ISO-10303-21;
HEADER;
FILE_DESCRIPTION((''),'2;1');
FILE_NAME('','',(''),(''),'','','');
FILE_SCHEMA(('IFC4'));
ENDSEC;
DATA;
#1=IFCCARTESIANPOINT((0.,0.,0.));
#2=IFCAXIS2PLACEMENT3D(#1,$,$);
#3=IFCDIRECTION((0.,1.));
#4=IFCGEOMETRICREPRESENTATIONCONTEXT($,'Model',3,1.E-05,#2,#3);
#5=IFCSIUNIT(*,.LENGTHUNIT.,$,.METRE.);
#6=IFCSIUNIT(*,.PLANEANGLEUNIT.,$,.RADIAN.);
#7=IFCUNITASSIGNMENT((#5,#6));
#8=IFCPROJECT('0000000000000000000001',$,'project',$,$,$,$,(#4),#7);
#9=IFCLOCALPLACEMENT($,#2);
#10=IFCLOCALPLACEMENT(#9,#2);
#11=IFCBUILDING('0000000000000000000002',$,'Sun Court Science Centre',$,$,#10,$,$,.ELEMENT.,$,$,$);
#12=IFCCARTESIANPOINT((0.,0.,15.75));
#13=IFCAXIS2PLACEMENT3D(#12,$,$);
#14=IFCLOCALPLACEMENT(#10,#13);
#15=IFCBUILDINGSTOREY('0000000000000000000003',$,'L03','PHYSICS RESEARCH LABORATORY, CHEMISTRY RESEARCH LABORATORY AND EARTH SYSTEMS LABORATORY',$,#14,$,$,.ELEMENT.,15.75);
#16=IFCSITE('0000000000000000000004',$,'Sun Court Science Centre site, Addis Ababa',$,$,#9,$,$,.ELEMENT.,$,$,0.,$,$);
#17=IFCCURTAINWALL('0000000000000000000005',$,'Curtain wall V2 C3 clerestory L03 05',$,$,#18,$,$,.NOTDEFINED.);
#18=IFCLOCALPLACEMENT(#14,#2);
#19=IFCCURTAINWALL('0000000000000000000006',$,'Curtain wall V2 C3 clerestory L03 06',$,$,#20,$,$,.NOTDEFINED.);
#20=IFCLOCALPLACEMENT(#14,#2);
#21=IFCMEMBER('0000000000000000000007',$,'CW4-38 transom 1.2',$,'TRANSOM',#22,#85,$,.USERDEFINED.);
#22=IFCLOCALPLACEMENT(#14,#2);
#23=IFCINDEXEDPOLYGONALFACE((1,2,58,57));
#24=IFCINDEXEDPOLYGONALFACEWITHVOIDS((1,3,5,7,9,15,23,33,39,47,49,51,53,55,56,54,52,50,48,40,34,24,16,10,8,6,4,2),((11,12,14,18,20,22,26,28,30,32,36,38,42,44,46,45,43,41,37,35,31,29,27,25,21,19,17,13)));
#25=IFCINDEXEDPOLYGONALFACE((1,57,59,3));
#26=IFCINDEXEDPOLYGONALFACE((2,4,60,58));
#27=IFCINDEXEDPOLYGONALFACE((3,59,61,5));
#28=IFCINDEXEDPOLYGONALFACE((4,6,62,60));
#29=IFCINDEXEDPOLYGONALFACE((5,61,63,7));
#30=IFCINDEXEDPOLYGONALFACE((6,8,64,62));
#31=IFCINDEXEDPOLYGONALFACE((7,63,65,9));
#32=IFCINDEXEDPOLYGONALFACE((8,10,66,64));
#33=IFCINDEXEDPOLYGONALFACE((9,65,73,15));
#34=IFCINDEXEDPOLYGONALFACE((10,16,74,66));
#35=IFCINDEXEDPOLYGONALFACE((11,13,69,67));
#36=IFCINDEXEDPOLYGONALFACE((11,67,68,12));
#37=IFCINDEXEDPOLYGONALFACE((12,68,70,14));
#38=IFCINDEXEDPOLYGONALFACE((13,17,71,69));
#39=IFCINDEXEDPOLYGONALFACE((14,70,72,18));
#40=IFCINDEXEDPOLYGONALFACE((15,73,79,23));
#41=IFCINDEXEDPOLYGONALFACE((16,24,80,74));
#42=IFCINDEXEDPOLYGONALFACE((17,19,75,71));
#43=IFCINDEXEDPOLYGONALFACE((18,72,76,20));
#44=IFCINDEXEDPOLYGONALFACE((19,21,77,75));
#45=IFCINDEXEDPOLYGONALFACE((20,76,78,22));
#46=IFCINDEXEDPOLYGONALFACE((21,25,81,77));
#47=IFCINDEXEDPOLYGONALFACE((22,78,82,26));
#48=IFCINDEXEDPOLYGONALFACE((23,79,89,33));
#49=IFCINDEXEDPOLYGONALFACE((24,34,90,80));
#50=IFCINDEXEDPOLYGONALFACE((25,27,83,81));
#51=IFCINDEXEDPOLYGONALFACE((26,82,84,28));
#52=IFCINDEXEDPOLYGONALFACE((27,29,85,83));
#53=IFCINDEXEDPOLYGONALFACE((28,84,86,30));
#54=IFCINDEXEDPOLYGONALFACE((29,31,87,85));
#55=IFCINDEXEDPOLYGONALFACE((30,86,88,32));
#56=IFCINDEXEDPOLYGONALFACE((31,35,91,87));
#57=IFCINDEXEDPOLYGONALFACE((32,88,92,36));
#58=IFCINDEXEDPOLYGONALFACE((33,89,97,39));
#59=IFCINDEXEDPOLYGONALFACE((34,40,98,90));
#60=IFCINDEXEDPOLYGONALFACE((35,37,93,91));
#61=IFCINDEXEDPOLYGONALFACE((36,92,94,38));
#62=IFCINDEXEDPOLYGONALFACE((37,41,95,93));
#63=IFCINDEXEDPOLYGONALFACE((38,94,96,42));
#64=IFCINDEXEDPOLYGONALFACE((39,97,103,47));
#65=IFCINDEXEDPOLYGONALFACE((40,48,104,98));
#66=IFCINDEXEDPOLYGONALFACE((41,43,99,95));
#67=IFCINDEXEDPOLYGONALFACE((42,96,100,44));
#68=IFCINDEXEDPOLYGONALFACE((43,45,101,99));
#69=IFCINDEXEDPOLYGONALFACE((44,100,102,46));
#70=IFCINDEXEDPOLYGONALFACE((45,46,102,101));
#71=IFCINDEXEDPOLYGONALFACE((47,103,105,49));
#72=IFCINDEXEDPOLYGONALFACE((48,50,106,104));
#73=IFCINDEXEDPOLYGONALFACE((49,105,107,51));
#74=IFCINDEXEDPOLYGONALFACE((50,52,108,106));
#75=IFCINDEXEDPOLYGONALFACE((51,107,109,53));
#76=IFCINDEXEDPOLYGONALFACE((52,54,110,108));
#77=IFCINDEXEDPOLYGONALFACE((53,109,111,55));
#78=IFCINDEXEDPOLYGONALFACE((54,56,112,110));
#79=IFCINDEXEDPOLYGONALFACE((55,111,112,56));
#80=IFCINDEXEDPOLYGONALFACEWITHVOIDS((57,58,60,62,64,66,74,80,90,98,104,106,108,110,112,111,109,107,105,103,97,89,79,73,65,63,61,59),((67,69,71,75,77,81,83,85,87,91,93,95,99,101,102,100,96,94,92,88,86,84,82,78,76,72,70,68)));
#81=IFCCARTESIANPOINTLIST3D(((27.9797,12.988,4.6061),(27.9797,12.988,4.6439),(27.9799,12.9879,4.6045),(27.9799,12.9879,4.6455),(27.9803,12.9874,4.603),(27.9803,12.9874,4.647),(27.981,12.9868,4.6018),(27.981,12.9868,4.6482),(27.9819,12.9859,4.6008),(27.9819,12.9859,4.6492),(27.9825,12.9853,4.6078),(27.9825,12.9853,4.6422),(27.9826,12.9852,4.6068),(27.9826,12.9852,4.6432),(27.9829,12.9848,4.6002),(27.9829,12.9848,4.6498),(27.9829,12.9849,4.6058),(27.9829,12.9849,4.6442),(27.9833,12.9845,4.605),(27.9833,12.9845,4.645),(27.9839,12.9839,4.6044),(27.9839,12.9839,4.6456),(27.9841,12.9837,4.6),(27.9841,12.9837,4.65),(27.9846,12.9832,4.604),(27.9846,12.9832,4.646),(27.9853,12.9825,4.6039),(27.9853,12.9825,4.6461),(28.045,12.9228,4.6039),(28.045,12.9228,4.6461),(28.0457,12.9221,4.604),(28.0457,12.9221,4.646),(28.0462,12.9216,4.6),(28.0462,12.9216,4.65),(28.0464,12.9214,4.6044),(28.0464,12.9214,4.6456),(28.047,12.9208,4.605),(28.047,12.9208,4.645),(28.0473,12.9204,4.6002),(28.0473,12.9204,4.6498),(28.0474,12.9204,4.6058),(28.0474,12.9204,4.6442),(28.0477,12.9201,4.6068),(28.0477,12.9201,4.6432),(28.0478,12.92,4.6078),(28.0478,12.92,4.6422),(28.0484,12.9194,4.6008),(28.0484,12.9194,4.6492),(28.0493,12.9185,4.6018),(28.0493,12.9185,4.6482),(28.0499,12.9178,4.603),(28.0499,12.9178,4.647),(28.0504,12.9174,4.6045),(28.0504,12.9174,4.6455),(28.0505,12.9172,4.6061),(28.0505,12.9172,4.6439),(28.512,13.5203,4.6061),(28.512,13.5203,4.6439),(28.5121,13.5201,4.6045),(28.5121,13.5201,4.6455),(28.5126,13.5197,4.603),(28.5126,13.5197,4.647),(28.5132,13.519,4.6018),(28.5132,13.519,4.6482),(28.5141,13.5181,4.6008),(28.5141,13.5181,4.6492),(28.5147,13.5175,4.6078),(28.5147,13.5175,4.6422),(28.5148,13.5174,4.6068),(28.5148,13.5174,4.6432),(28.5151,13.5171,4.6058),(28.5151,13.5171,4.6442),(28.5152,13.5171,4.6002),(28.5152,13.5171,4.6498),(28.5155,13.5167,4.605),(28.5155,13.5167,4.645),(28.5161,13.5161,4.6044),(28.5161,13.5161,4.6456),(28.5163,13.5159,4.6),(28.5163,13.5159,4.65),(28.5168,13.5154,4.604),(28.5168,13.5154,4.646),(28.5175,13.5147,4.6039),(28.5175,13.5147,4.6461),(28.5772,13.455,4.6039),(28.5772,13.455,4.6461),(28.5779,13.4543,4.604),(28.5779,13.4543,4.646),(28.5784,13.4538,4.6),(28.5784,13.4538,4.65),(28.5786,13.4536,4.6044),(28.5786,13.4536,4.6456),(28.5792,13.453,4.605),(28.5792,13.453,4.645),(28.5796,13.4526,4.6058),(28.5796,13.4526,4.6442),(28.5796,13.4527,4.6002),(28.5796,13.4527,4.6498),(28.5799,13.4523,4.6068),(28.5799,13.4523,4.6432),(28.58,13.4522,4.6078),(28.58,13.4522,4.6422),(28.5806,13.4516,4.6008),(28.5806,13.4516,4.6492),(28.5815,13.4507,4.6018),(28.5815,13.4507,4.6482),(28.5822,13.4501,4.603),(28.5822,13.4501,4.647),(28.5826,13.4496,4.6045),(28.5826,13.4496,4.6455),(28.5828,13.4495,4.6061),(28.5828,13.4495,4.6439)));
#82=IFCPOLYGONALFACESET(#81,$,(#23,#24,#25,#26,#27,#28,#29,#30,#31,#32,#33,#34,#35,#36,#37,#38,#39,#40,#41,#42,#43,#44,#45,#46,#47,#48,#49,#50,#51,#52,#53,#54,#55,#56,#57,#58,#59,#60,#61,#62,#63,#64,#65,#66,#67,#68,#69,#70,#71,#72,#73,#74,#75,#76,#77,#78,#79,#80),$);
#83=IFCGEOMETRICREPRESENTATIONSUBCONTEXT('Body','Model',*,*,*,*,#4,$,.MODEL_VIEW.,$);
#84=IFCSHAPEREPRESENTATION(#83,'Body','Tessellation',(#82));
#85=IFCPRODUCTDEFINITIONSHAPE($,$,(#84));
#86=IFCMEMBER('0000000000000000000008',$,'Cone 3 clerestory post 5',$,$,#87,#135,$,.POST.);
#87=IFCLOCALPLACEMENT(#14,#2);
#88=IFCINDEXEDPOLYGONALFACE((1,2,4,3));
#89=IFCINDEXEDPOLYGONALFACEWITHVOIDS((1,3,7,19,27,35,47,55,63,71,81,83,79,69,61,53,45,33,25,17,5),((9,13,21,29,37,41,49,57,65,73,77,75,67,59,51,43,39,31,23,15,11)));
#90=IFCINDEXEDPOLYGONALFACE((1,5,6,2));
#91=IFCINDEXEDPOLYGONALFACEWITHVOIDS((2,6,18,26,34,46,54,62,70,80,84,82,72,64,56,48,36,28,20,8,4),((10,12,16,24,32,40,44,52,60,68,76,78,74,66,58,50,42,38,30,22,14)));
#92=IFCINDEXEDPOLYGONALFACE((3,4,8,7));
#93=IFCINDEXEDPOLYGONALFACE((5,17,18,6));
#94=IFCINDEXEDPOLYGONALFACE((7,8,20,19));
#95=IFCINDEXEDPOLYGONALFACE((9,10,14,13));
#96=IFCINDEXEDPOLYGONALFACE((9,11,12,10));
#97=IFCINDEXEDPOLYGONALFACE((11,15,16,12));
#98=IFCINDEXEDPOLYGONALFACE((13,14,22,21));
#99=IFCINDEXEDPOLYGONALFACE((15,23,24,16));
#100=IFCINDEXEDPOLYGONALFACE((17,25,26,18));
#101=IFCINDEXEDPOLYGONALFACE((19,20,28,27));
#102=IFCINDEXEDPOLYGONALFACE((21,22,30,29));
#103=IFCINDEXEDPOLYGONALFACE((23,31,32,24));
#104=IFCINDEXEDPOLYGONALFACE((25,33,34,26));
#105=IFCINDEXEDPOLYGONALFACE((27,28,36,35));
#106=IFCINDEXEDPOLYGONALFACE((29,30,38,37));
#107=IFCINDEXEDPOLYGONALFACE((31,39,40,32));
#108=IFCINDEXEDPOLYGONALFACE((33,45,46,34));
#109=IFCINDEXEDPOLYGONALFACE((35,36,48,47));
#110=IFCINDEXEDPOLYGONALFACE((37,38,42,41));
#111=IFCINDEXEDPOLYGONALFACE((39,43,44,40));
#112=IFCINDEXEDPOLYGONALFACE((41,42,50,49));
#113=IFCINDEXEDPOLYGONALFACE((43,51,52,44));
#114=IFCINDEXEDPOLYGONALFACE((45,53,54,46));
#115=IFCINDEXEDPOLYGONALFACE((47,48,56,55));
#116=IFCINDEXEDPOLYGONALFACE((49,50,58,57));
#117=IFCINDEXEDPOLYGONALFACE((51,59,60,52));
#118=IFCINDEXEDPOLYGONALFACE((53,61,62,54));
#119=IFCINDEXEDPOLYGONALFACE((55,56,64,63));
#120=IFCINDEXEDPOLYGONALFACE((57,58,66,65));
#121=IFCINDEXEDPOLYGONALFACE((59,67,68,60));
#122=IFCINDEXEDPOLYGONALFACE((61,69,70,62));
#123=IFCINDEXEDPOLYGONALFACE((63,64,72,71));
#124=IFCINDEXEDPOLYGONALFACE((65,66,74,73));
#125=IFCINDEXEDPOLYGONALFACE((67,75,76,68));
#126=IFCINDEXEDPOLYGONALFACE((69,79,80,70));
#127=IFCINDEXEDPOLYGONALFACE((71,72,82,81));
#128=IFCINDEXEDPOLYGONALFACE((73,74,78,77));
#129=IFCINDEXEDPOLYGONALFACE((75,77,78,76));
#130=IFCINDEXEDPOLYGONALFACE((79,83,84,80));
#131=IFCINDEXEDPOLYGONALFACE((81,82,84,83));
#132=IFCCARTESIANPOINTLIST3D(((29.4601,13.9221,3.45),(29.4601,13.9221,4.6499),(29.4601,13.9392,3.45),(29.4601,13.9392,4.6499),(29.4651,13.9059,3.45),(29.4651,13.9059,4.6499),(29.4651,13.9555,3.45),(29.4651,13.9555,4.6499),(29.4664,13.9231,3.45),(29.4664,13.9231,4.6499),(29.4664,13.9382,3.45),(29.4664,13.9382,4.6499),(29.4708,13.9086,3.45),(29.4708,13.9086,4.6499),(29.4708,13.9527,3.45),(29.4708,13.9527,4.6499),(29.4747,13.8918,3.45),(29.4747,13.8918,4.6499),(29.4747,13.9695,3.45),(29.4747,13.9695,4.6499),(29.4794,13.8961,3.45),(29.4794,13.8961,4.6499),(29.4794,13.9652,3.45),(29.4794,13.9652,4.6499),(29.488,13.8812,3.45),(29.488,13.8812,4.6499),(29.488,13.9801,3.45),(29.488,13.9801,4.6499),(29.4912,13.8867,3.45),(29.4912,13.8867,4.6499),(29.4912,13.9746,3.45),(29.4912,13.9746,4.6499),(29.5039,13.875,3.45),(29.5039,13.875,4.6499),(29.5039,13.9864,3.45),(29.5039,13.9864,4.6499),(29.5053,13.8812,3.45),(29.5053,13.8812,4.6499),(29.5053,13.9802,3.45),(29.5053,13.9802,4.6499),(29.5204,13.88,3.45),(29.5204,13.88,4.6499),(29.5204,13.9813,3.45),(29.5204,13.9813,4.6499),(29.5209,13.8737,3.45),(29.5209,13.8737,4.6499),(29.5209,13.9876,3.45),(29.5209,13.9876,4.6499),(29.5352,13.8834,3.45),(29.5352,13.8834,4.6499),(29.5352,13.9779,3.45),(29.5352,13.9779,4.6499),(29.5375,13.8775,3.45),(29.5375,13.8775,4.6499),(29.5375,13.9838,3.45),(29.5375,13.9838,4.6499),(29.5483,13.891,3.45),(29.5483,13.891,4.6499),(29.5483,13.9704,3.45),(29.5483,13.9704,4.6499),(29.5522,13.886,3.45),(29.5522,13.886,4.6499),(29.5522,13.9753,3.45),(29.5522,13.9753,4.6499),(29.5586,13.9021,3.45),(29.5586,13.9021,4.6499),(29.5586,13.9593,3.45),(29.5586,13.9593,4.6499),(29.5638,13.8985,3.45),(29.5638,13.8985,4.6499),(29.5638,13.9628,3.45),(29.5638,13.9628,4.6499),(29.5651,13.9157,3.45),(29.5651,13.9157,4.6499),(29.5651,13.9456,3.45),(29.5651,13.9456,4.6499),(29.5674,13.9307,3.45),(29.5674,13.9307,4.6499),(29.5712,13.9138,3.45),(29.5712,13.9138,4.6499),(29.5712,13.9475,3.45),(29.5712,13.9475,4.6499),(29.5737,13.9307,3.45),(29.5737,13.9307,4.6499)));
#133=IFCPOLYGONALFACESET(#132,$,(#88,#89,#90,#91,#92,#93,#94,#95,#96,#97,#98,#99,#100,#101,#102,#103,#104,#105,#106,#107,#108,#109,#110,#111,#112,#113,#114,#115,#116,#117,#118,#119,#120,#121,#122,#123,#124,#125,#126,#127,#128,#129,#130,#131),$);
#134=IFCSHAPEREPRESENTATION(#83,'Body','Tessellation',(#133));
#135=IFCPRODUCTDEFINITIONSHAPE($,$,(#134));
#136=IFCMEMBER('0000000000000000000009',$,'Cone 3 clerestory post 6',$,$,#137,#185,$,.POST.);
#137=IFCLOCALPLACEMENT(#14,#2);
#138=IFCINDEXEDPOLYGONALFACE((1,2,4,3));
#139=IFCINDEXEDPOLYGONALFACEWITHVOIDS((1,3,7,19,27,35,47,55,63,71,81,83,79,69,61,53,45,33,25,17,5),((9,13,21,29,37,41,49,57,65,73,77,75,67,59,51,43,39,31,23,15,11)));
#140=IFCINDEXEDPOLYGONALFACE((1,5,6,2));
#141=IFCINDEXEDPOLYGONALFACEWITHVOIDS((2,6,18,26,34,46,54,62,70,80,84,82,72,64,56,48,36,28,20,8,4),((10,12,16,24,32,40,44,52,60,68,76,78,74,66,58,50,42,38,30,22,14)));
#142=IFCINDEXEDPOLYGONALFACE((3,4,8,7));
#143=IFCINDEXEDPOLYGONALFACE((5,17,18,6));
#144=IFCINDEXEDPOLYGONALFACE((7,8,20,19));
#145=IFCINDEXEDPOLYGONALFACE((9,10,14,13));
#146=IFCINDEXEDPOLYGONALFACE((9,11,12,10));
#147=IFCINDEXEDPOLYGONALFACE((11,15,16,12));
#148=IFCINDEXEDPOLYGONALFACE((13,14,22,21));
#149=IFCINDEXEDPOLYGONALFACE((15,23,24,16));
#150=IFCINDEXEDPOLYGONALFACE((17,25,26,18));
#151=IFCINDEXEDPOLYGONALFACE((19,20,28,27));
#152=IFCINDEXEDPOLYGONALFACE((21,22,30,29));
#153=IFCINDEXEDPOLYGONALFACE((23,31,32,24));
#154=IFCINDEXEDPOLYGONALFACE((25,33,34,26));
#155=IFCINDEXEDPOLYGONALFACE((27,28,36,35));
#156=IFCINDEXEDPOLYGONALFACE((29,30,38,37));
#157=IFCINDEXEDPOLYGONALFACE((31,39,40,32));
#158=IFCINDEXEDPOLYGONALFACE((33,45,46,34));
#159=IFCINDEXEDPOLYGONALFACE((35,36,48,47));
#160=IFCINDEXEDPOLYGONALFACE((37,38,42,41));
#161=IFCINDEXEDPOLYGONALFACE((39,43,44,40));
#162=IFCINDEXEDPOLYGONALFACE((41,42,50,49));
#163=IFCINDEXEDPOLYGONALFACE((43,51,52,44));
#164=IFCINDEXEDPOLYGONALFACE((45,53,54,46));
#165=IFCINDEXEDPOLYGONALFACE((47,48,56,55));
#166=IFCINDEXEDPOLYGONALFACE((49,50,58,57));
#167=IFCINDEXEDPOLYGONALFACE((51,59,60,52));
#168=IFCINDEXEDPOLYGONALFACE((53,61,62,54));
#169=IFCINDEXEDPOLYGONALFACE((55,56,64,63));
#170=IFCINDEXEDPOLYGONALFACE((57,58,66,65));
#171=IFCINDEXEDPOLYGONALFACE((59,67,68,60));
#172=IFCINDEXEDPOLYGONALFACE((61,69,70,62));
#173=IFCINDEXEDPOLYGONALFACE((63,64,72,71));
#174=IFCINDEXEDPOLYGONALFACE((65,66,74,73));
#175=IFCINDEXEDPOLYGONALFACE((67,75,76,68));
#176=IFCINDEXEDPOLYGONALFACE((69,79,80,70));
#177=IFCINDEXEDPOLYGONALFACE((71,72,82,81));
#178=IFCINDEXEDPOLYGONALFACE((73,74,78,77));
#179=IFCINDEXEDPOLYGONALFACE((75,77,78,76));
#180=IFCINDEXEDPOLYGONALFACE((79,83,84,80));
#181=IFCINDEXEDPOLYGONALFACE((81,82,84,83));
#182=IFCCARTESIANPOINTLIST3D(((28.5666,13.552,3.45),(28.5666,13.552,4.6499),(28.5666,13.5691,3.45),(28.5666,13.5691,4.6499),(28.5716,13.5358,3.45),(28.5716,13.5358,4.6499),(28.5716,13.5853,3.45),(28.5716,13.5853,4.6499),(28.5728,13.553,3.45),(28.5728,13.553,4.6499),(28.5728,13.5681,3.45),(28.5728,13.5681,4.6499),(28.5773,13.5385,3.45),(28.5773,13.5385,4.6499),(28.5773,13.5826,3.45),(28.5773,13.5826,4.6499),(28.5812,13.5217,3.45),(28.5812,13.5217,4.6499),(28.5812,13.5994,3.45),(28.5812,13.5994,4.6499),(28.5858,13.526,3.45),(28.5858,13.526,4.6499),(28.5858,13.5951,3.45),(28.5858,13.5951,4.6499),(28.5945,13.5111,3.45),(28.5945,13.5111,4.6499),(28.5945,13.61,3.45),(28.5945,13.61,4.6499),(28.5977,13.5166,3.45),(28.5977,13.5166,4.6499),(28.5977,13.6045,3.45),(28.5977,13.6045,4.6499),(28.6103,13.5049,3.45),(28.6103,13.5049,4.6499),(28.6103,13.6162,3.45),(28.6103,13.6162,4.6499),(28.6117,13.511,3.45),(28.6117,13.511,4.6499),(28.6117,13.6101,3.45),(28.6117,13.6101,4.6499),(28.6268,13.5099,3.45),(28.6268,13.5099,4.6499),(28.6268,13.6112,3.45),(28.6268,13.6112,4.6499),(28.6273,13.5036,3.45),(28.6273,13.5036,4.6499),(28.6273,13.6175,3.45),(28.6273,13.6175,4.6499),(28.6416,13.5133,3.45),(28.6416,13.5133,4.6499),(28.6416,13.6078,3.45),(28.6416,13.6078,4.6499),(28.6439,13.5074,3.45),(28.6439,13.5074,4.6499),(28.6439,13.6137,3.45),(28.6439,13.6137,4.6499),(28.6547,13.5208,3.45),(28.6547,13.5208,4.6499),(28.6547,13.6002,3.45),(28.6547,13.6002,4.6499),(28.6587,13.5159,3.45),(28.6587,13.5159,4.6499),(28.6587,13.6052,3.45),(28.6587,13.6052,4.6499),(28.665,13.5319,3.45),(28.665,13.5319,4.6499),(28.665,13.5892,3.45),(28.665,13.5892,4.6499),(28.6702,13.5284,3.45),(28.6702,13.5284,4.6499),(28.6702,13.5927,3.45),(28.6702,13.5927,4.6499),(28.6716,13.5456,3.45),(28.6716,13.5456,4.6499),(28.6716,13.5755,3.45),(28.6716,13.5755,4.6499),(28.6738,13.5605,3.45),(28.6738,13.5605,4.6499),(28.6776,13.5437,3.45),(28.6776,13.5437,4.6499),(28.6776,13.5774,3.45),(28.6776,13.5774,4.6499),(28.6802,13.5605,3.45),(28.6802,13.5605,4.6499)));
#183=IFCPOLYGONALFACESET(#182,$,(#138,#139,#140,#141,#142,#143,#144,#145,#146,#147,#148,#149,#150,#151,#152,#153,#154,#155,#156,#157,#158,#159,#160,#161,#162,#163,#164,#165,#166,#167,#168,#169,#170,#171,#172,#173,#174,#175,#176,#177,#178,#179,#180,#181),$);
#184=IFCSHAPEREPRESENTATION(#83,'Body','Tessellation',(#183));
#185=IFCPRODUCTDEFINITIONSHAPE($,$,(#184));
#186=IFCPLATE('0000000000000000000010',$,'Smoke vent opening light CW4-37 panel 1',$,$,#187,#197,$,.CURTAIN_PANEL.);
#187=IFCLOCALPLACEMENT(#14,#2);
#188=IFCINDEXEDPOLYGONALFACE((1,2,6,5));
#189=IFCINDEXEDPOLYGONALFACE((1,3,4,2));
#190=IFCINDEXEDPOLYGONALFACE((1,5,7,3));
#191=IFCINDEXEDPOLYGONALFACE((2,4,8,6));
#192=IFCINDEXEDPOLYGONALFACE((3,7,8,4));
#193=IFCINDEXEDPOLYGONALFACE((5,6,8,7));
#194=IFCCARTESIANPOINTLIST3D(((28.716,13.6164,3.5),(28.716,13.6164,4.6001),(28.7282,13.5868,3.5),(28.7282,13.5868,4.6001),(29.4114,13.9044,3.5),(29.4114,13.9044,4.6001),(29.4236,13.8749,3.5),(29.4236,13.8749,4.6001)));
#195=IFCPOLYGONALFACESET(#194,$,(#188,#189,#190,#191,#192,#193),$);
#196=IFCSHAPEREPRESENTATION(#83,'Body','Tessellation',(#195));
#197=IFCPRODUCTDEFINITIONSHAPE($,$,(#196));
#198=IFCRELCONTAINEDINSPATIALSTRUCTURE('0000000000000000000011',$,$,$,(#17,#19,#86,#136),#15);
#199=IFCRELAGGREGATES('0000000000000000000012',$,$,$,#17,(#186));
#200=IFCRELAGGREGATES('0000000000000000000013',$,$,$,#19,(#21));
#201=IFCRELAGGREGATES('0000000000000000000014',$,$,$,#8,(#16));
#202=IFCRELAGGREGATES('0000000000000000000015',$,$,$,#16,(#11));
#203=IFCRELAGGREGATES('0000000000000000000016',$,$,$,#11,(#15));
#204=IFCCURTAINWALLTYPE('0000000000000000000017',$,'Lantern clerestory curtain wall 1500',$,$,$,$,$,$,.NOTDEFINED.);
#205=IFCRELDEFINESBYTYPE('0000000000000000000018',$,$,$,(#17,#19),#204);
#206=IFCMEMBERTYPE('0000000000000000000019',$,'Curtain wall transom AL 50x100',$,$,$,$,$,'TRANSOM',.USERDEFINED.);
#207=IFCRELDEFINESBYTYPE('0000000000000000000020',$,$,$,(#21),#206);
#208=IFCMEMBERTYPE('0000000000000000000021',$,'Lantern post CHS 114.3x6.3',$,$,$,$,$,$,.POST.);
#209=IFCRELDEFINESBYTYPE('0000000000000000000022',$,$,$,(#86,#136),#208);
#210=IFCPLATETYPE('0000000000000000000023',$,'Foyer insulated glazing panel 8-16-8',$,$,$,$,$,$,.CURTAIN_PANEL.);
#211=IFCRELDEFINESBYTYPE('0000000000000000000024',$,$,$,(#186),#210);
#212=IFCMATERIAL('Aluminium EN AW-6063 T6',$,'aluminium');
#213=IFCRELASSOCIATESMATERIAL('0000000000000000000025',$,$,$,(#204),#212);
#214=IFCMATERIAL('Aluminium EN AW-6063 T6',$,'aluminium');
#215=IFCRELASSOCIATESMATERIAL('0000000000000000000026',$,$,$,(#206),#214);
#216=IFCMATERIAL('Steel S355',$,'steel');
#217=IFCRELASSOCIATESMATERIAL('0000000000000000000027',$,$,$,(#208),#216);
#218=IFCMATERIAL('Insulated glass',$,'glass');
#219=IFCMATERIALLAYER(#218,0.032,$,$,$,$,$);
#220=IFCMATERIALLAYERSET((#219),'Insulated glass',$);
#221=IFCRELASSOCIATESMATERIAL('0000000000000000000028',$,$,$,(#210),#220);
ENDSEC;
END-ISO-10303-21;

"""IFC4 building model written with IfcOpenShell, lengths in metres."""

from ifc_helpers import new_model, si_unit, direction, frame, origin, origin_2d, place, context, subcontext, project, spatial, rectangle, hollow_rectangle, hollow_circle, extrude, material, layer, layer_set, material_profile, profile_set, type_object, element, aggregate, save


model = new_model("IFC4")

# Units and contexts
model_context = context("Model", 3, precision=1e-05, world=origin(), true_north=direction((0.0, 1.0)))
body_context = subcontext(model_context, "Body", "Model", "MODEL_VIEW")
ifc_project = project(units=[si_unit("LENGTHUNIT", "METRE"), si_unit("PLANEANGLEUNIT", "RADIAN")], contexts=[model_context])

# Site, building, storey
site_placement = place(None, origin())
site = spatial("IfcSite", under=ifc_project, at=site_placement, Name="Sun Court Science Centre site, Addis Ababa", CompositionType="ELEMENT", RefElevation=0.0)
building_placement = place(site_placement, origin())
building = spatial("IfcBuilding", under=site, at=building_placement, Name="Sun Court Science Centre", CompositionType="ELEMENT")
storey_placement = place(building_placement, frame((0.0, 0.0, 15.75)))
storey = spatial("IfcBuildingStorey", under=building, at=storey_placement, Name="L03", Description="PHYSICS RESEARCH LABORATORY, CHEMISTRY RESEARCH LABORATORY AND EARTH SYSTEMS LABORATORY", CompositionType="ELEMENT", Elevation=15.75)

# Shared definitions
ifc_material_1 = material(Name="Aluminium EN AW-6063 T6", Category="aluminium")
curtain_wall_type = type_object("IfcCurtainWallType", Name="Lantern clerestory curtain wall 1500", PredefinedType="NOTDEFINED", material=ifc_material_1)

# Curtain walls
curtain_wall_1_placement = place(storey_placement, origin())
curtain_wall_1 = element("IfcCurtainWall", 1, at=curtain_wall_1_placement, inside=storey, type_object=curtain_wall_type, Name="Curtain wall V2 C3 clerestory L03 05", PredefinedType="NOTDEFINED")
curtain_wall_2_placement = place(storey_placement, origin())
curtain_wall_2 = element("IfcCurtainWall", 2, at=curtain_wall_2_placement, inside=storey, type_object=curtain_wall_type, Name="Curtain wall V2 C3 clerestory L03 06", PredefinedType="NOTDEFINED")

# Member
ifc_material_2 = material(Name="Aluminium EN AW-6063 T6", Category="aluminium")
ifc_material_profile_1 = material_profile(ifc_material_2, hollow_rectangle(XDim=0.05, YDim=0.1001, WallThickness=0.0039, InnerFilletRadius=0.0039, OuterFilletRadius=0.0061, at=origin_2d()), Name="AL 50x100x4")
ifc_profile_set_1 = profile_set([ifc_material_profile_1], Name="Aluminium EN AW-6063 T6")
member_type_1 = type_object("IfcMemberType", Name="Curtain wall transom AL 50x100", ElementType="TRANSOM", PredefinedType="USERDEFINED", material=ifc_profile_set_1)
member_1_placement = place(storey_placement, frame((28.0151, 12.9526, 4.625), z_axis=(0.707107, 0.707107, 0.0), x_axis=(0.0, 0.0, 1.0)))
member_1 = element("IfcMember", 3, at=member_1_placement, type_object=member_type_1, Name="CW4-38 transom 1.2", ObjectType="TRANSOM", PredefinedType="USERDEFINED", context=body_context, shape_type="SweptSolid", body=[
    extrude(hollow_rectangle(XDim=0.05, YDim=0.1001, WallThickness=0.0039, InnerFilletRadius=0.0039, OuterFilletRadius=0.0061, at=origin_2d()), origin(), (0.0, 0.0, 1.0), 0.7527),
])

# Members
ifc_material_3 = material(Name="Steel S355", Category="steel")
ifc_material_profile_2 = material_profile(ifc_material_3, hollow_circle(Radius=0.0571, WallThickness=0.0063, at=origin_2d()), Name="CHS 114.3x6.3")
ifc_profile_set_2 = profile_set([ifc_material_profile_2], Name="Steel S355")
member_type_2 = type_object("IfcMemberType", Name="Lantern post CHS 114.3x6.3", PredefinedType="POST", material=ifc_profile_set_2)
for number, where, z_axis, x_axis, name in (
    (4, (29.5166, 13.9307, 3.45), (0.0, 0.0, 1.0), (1.0, 0.0, 0.0), "Cone 3 clerestory post 5"),
    (5, (28.623, 13.5605, 3.45), (0.0, 0.0, 1.0), (1.0, 0.0, 0.0), "Cone 3 clerestory post 6"),
):
    element("IfcMember", number, at=place(storey_placement, frame(where, z_axis=z_axis, x_axis=x_axis)), inside=storey, type_object=member_type_2, Name=name, PredefinedType="POST", context=body_context, shape_type="SweptSolid", body=[
        extrude(hollow_circle(Radius=0.0571, WallThickness=0.0063, at=origin_2d()), origin(), (0.0, 0.0, 1.0), 1.2),
    ])

# Plate
ifc_material_4 = material(Name="Insulated glass", Category="glass")
ifc_layer_1 = layer(ifc_material_4, 0.032)
ifc_layer_set_1 = layer_set([ifc_layer_1], Name="Insulated glass")
plate_type = type_object("IfcPlateType", Name="Foyer insulated glazing panel 8-16-8", PredefinedType="CURTAIN_PANEL", material=ifc_layer_set_1)
plate_1_placement = place(storey_placement, frame((29.0698, 13.7456, 3.5), z_axis=(0.0, 0.0, 1.0), x_axis=(0.92388, 0.382683, 0.0)))
plate_1 = element("IfcPlate", 6, at=plate_1_placement, type_object=plate_type, Name="Smoke vent opening light CW4-37 panel 1", PredefinedType="CURTAIN_PANEL", context=body_context, shape_type="SweptSolid", body=[
    extrude(rectangle(XDim=0.7527, YDim=0.032, at=origin_2d()), origin(), (0.0, 0.0, 1.0), 1.1001),
])
aggregate(curtain_wall_1, [plate_1])
aggregate(curtain_wall_2, [member_1])

save(model, "model.ifc")
